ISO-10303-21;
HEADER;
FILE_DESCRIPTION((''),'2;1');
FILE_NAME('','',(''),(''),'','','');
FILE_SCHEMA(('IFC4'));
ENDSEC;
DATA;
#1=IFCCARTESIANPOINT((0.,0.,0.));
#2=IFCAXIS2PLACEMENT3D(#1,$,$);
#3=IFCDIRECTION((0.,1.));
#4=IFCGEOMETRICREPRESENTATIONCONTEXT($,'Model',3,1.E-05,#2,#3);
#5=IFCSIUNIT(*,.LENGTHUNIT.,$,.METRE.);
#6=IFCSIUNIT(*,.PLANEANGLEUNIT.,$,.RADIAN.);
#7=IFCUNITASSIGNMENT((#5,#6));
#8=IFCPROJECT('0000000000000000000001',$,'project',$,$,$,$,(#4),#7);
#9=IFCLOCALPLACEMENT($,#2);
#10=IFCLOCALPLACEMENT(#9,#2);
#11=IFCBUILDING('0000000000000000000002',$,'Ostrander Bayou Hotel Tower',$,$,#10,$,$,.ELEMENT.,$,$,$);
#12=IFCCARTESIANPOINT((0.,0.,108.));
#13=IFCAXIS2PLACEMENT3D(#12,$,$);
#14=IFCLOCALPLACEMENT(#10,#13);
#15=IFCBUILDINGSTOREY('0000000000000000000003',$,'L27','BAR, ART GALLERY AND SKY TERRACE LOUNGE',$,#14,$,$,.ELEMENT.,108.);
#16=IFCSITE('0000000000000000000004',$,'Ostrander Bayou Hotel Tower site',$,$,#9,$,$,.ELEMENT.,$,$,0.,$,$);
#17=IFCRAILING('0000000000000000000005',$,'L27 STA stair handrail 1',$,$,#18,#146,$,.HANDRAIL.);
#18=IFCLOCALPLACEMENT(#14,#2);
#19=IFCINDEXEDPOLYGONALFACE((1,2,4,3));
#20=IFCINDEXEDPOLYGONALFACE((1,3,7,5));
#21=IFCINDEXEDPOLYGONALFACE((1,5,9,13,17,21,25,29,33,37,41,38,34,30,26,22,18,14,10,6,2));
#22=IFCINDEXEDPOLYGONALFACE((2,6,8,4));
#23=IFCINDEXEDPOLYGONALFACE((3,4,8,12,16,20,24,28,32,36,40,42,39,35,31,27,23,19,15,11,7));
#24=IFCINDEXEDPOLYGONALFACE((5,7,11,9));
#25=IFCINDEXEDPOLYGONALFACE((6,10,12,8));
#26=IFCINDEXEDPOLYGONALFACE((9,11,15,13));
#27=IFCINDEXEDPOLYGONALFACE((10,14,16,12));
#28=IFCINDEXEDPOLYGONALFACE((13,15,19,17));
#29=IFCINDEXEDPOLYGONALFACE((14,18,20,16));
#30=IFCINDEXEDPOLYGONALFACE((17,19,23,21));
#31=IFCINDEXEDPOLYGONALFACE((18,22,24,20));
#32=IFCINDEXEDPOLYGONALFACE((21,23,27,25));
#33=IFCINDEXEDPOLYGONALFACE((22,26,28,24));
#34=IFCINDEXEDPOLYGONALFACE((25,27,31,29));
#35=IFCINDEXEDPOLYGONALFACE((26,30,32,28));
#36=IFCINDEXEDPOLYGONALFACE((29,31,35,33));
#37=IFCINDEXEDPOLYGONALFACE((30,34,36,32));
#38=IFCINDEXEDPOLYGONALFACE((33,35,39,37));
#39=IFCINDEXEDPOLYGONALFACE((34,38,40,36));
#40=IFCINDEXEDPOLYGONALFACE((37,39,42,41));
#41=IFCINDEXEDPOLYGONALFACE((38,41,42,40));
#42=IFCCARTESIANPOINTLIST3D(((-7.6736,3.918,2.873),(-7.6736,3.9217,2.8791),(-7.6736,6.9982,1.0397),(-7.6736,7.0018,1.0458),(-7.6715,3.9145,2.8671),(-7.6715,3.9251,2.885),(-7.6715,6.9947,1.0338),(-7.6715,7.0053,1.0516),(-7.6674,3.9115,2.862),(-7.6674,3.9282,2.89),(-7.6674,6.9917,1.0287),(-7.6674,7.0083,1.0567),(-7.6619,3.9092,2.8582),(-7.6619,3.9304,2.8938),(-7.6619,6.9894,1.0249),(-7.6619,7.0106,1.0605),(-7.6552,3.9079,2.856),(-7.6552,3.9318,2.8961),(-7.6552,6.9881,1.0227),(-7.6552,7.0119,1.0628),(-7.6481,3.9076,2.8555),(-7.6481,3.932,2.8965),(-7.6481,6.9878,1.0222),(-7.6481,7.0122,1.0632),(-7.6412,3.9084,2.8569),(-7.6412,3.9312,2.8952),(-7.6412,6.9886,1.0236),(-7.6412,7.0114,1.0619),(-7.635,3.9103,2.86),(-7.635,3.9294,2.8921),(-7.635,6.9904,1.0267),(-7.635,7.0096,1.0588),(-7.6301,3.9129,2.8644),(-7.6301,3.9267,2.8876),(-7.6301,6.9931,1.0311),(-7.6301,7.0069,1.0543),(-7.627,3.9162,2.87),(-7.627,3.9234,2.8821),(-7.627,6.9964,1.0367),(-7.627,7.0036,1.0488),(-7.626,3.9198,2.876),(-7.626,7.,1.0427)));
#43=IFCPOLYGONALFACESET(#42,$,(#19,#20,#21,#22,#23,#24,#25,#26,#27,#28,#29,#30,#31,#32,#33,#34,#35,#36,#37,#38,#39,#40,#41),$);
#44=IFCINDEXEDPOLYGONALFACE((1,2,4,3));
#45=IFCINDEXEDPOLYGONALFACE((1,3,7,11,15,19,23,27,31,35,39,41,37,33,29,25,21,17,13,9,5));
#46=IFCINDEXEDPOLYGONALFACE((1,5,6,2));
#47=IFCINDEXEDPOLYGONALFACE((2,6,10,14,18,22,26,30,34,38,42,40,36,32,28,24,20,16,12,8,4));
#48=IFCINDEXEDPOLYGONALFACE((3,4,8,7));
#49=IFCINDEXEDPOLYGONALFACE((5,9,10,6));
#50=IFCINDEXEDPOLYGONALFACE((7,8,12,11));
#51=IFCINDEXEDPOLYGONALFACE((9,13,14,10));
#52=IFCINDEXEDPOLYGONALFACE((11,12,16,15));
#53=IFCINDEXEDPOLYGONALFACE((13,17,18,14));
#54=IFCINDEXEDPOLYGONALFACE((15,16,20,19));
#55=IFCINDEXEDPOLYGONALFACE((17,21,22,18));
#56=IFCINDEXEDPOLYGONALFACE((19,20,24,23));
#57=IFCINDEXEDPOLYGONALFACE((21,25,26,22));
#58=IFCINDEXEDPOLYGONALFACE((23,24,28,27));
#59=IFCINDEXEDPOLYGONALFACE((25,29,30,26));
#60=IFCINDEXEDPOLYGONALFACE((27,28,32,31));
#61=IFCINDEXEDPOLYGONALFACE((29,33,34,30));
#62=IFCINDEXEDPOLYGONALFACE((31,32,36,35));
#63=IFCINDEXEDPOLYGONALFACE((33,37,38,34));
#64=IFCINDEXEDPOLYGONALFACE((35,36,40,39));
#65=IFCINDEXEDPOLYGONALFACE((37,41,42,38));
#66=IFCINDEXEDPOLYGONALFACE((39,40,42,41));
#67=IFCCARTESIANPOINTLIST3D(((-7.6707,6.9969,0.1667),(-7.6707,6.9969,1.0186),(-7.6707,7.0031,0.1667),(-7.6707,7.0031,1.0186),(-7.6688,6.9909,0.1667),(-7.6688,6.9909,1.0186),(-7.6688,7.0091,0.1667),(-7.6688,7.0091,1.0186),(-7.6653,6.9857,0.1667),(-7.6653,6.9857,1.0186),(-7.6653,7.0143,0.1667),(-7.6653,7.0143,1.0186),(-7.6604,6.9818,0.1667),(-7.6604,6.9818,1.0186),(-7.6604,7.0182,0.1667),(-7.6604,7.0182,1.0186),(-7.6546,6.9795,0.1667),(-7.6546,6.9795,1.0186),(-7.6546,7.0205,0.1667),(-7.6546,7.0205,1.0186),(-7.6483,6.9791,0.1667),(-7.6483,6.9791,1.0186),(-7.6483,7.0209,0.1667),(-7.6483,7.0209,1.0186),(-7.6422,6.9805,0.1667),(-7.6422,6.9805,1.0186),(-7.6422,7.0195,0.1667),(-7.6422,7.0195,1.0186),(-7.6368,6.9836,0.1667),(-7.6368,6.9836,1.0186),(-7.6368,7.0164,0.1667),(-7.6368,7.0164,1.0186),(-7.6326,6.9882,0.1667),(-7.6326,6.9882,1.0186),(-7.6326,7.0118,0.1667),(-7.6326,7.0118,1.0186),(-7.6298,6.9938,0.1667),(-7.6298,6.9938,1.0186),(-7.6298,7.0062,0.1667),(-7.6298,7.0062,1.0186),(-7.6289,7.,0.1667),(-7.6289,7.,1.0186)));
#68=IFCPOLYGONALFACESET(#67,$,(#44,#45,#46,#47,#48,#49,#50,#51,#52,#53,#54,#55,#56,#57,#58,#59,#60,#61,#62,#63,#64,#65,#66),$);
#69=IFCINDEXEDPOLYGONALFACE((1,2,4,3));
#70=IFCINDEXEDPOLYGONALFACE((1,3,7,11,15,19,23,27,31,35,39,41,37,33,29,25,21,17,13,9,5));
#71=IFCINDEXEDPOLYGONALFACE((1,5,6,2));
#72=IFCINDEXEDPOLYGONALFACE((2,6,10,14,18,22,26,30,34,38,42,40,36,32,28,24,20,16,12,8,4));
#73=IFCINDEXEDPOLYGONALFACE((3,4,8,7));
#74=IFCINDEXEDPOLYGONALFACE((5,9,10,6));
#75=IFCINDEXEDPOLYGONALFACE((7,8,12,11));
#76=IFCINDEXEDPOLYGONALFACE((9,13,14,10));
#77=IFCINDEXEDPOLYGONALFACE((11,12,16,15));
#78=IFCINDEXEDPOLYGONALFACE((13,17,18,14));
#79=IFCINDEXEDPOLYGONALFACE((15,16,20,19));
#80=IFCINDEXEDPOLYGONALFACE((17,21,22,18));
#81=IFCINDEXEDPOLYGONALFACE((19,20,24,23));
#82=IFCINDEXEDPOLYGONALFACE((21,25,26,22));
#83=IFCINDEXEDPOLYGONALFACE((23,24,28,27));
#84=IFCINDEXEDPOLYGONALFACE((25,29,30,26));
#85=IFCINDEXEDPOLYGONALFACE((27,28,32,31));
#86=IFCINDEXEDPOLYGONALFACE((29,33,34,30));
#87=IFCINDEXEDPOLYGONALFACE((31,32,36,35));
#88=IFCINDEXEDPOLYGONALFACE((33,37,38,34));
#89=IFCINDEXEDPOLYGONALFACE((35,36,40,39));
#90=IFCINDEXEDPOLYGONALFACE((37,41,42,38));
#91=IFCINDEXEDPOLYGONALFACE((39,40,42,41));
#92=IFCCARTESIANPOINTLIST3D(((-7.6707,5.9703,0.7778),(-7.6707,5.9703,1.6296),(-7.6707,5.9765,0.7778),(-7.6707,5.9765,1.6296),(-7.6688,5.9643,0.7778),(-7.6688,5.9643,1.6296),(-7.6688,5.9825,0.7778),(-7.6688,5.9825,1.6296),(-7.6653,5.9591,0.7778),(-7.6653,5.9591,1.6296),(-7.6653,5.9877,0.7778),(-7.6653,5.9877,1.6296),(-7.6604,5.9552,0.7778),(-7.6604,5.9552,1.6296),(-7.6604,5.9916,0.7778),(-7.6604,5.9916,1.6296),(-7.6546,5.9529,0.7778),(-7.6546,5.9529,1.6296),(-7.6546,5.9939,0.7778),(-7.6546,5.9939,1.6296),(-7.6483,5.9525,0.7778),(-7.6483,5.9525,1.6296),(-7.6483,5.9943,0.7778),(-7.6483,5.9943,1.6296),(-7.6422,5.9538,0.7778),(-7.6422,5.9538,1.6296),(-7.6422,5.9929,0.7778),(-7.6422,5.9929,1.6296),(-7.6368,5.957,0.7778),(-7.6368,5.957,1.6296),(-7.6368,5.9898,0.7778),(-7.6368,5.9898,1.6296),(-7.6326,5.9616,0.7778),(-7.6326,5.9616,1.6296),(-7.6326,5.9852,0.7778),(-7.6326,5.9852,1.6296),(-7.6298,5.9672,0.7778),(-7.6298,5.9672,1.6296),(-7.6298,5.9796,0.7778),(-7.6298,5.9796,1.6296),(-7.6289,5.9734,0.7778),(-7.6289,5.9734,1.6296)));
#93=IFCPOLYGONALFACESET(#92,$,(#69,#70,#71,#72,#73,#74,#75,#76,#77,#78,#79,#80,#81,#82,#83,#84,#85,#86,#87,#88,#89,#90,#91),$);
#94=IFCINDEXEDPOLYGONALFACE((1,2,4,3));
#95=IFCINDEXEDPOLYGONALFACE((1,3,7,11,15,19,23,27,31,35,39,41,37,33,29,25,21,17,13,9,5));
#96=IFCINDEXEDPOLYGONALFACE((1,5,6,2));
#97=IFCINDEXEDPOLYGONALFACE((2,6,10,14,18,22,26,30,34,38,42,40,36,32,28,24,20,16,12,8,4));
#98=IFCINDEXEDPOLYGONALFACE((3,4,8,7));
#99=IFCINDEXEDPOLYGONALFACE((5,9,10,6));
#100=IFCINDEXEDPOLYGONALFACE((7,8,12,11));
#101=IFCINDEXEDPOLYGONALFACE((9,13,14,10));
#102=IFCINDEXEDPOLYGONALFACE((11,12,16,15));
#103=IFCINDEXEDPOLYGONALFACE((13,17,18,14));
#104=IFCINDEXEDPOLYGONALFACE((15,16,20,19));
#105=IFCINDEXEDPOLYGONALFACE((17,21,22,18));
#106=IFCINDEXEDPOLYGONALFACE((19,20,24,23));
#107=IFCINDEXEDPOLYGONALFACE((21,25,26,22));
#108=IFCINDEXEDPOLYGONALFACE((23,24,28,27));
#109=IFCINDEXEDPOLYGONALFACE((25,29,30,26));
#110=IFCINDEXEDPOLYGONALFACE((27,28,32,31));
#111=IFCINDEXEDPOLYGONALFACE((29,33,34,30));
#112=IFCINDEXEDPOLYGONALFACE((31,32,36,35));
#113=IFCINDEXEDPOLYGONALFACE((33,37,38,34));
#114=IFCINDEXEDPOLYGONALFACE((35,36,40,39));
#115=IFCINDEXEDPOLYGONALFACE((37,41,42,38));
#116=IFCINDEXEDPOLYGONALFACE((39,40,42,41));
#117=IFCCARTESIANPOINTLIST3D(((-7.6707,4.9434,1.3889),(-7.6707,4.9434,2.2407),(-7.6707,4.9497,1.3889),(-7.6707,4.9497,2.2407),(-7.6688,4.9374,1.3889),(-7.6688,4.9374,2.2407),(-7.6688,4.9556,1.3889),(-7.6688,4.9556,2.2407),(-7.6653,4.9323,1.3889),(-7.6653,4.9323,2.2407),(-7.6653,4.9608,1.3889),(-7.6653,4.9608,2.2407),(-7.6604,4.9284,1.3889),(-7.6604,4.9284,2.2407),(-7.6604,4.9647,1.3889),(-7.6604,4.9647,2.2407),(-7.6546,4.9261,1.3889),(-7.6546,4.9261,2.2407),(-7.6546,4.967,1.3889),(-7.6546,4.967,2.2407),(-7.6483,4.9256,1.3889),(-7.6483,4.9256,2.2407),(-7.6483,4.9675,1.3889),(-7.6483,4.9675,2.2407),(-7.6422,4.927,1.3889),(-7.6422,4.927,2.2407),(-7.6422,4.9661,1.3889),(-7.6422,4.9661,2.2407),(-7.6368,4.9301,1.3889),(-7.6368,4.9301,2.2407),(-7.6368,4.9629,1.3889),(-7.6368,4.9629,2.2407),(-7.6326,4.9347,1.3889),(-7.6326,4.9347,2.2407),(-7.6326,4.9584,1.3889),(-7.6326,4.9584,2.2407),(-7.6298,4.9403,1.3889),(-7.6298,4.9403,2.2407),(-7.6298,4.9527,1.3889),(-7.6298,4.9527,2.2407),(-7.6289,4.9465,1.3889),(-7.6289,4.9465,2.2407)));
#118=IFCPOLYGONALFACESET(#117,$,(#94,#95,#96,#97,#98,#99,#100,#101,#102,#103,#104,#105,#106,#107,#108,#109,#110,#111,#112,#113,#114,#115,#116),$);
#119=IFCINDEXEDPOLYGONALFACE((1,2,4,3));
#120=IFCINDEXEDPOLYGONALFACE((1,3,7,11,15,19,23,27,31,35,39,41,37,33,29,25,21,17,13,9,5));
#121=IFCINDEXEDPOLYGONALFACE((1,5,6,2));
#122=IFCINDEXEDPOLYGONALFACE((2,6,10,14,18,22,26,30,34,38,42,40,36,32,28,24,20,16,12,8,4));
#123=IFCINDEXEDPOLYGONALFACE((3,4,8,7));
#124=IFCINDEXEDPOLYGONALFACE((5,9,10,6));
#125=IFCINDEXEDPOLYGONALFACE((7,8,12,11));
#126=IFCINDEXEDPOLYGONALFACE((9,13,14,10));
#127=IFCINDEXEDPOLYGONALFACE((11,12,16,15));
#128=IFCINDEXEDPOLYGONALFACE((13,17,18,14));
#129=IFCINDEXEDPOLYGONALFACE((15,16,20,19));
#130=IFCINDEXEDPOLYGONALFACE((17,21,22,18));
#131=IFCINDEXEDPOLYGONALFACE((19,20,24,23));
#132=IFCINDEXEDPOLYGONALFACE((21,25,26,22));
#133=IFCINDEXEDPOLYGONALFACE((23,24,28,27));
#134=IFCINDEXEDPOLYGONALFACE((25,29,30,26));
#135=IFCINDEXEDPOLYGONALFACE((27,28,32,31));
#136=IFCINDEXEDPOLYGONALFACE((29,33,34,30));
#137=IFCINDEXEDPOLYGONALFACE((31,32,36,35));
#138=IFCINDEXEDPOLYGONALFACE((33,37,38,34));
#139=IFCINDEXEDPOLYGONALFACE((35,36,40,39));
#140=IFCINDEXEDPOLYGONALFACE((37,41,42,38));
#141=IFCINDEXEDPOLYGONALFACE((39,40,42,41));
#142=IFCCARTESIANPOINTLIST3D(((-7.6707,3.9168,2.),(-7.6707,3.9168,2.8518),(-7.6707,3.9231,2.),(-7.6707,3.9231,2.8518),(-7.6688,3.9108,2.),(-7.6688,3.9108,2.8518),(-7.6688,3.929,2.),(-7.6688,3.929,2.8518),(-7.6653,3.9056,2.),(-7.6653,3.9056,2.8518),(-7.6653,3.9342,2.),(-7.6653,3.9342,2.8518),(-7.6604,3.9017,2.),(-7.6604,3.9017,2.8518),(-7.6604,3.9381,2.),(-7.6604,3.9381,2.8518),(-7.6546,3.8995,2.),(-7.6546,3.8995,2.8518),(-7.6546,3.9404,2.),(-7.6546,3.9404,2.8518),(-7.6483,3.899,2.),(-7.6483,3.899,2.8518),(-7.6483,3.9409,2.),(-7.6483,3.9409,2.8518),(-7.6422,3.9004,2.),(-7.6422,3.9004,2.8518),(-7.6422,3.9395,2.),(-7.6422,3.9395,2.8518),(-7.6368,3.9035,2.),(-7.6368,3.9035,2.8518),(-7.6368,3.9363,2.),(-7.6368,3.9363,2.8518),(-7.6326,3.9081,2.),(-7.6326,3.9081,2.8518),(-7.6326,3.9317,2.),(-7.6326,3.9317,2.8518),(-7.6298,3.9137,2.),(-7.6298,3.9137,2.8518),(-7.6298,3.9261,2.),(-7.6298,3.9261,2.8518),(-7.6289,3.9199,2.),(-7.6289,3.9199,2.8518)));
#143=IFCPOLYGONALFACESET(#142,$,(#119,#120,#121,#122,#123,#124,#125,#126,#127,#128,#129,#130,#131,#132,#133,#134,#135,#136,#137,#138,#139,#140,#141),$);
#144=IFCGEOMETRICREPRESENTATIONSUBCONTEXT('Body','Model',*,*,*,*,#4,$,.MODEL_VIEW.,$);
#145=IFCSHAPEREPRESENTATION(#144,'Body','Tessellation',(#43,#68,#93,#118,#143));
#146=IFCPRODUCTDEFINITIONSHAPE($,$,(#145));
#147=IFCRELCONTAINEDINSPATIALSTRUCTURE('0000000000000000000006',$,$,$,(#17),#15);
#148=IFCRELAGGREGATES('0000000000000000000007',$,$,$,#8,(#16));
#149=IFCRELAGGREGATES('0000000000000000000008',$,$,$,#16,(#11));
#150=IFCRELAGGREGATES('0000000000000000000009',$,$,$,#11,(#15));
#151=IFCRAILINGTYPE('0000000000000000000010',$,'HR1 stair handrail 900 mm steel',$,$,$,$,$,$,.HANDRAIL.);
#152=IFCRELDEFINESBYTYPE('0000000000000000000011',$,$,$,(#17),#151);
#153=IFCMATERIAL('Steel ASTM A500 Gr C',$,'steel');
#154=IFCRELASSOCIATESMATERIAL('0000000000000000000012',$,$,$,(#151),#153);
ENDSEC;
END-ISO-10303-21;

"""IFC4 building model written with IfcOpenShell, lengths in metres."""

from ifc_helpers import new_model, si_unit, direction, frame, origin, origin_2d, place, context, subcontext, project, spatial, circle, extrude, material, type_object, element, save


model = new_model("IFC4")

# Units and contexts
model_context = context("Model", 3, precision=1e-05, world=origin(), true_north=direction((0.0, 1.0)))
body_context = subcontext(model_context, "Body", "Model", "MODEL_VIEW")
ifc_project = project(units=[si_unit("LENGTHUNIT", "METRE"), si_unit("PLANEANGLEUNIT", "RADIAN")], contexts=[model_context])

# Site, building, storey
site_placement = place(None, origin())
site = spatial("IfcSite", under=ifc_project, at=site_placement, Name="Ostrander Bayou Hotel Tower site", CompositionType="ELEMENT", RefElevation=0.0)
building_placement = place(site_placement, origin())
building = spatial("IfcBuilding", under=site, at=building_placement, Name="Ostrander Bayou Hotel Tower", CompositionType="ELEMENT")
storey_placement = place(building_placement, frame((0.0, 0.0, 108.0)))
storey = spatial("IfcBuildingStorey", under=building, at=storey_placement, Name="L27", Description="BAR, ART GALLERY AND SKY TERRACE LOUNGE", CompositionType="ELEMENT", Elevation=108.0)

# Railing
ifc_material_1 = material(Name="Steel ASTM A500 Gr C", Category="steel")
railing_type_1 = type_object("IfcRailingType", Name="HR1 stair handrail 900 mm steel", PredefinedType="HANDRAIL", material=ifc_material_1)
railing_1_placement = place(storey_placement, frame((-7.6499, 7.0, 0.1667)))
element("IfcRailing", 1, at=railing_1_placement, inside=storey, type_object=railing_type_1, Name="L27 STA stair handrail 1", PredefinedType="HANDRAIL", context=body_context, shape_type="SweptSolid", body=[
    extrude(circle(Radius=0.0239, at=origin_2d()), frame((0.0, 0.0, 0.876), z_axis=(0.0, -0.859309, 0.511458), x_axis=(1.0, 0.0, 0.0)), (0.0, 0.0, 1.0), 3.5845),
    extrude(circle(Radius=0.021, at=origin_2d()), origin(), (0.0, 0.0, 1.0), 0.8518),
    extrude(circle(Radius=0.021, at=origin_2d()), frame((0.0, -1.0266, 0.6111)), (0.0, 0.0, 1.0), 0.8518),
    extrude(circle(Radius=0.021, at=origin_2d()), frame((0.0, -2.0535, 1.2222)), (0.0, 0.0, 1.0), 0.8518),
    extrude(circle(Radius=0.021, at=origin_2d()), frame((0.0, -3.0801, 1.8333)), (0.0, 0.0, 1.0), 0.8518),
])

save(model, "model.ifc")
